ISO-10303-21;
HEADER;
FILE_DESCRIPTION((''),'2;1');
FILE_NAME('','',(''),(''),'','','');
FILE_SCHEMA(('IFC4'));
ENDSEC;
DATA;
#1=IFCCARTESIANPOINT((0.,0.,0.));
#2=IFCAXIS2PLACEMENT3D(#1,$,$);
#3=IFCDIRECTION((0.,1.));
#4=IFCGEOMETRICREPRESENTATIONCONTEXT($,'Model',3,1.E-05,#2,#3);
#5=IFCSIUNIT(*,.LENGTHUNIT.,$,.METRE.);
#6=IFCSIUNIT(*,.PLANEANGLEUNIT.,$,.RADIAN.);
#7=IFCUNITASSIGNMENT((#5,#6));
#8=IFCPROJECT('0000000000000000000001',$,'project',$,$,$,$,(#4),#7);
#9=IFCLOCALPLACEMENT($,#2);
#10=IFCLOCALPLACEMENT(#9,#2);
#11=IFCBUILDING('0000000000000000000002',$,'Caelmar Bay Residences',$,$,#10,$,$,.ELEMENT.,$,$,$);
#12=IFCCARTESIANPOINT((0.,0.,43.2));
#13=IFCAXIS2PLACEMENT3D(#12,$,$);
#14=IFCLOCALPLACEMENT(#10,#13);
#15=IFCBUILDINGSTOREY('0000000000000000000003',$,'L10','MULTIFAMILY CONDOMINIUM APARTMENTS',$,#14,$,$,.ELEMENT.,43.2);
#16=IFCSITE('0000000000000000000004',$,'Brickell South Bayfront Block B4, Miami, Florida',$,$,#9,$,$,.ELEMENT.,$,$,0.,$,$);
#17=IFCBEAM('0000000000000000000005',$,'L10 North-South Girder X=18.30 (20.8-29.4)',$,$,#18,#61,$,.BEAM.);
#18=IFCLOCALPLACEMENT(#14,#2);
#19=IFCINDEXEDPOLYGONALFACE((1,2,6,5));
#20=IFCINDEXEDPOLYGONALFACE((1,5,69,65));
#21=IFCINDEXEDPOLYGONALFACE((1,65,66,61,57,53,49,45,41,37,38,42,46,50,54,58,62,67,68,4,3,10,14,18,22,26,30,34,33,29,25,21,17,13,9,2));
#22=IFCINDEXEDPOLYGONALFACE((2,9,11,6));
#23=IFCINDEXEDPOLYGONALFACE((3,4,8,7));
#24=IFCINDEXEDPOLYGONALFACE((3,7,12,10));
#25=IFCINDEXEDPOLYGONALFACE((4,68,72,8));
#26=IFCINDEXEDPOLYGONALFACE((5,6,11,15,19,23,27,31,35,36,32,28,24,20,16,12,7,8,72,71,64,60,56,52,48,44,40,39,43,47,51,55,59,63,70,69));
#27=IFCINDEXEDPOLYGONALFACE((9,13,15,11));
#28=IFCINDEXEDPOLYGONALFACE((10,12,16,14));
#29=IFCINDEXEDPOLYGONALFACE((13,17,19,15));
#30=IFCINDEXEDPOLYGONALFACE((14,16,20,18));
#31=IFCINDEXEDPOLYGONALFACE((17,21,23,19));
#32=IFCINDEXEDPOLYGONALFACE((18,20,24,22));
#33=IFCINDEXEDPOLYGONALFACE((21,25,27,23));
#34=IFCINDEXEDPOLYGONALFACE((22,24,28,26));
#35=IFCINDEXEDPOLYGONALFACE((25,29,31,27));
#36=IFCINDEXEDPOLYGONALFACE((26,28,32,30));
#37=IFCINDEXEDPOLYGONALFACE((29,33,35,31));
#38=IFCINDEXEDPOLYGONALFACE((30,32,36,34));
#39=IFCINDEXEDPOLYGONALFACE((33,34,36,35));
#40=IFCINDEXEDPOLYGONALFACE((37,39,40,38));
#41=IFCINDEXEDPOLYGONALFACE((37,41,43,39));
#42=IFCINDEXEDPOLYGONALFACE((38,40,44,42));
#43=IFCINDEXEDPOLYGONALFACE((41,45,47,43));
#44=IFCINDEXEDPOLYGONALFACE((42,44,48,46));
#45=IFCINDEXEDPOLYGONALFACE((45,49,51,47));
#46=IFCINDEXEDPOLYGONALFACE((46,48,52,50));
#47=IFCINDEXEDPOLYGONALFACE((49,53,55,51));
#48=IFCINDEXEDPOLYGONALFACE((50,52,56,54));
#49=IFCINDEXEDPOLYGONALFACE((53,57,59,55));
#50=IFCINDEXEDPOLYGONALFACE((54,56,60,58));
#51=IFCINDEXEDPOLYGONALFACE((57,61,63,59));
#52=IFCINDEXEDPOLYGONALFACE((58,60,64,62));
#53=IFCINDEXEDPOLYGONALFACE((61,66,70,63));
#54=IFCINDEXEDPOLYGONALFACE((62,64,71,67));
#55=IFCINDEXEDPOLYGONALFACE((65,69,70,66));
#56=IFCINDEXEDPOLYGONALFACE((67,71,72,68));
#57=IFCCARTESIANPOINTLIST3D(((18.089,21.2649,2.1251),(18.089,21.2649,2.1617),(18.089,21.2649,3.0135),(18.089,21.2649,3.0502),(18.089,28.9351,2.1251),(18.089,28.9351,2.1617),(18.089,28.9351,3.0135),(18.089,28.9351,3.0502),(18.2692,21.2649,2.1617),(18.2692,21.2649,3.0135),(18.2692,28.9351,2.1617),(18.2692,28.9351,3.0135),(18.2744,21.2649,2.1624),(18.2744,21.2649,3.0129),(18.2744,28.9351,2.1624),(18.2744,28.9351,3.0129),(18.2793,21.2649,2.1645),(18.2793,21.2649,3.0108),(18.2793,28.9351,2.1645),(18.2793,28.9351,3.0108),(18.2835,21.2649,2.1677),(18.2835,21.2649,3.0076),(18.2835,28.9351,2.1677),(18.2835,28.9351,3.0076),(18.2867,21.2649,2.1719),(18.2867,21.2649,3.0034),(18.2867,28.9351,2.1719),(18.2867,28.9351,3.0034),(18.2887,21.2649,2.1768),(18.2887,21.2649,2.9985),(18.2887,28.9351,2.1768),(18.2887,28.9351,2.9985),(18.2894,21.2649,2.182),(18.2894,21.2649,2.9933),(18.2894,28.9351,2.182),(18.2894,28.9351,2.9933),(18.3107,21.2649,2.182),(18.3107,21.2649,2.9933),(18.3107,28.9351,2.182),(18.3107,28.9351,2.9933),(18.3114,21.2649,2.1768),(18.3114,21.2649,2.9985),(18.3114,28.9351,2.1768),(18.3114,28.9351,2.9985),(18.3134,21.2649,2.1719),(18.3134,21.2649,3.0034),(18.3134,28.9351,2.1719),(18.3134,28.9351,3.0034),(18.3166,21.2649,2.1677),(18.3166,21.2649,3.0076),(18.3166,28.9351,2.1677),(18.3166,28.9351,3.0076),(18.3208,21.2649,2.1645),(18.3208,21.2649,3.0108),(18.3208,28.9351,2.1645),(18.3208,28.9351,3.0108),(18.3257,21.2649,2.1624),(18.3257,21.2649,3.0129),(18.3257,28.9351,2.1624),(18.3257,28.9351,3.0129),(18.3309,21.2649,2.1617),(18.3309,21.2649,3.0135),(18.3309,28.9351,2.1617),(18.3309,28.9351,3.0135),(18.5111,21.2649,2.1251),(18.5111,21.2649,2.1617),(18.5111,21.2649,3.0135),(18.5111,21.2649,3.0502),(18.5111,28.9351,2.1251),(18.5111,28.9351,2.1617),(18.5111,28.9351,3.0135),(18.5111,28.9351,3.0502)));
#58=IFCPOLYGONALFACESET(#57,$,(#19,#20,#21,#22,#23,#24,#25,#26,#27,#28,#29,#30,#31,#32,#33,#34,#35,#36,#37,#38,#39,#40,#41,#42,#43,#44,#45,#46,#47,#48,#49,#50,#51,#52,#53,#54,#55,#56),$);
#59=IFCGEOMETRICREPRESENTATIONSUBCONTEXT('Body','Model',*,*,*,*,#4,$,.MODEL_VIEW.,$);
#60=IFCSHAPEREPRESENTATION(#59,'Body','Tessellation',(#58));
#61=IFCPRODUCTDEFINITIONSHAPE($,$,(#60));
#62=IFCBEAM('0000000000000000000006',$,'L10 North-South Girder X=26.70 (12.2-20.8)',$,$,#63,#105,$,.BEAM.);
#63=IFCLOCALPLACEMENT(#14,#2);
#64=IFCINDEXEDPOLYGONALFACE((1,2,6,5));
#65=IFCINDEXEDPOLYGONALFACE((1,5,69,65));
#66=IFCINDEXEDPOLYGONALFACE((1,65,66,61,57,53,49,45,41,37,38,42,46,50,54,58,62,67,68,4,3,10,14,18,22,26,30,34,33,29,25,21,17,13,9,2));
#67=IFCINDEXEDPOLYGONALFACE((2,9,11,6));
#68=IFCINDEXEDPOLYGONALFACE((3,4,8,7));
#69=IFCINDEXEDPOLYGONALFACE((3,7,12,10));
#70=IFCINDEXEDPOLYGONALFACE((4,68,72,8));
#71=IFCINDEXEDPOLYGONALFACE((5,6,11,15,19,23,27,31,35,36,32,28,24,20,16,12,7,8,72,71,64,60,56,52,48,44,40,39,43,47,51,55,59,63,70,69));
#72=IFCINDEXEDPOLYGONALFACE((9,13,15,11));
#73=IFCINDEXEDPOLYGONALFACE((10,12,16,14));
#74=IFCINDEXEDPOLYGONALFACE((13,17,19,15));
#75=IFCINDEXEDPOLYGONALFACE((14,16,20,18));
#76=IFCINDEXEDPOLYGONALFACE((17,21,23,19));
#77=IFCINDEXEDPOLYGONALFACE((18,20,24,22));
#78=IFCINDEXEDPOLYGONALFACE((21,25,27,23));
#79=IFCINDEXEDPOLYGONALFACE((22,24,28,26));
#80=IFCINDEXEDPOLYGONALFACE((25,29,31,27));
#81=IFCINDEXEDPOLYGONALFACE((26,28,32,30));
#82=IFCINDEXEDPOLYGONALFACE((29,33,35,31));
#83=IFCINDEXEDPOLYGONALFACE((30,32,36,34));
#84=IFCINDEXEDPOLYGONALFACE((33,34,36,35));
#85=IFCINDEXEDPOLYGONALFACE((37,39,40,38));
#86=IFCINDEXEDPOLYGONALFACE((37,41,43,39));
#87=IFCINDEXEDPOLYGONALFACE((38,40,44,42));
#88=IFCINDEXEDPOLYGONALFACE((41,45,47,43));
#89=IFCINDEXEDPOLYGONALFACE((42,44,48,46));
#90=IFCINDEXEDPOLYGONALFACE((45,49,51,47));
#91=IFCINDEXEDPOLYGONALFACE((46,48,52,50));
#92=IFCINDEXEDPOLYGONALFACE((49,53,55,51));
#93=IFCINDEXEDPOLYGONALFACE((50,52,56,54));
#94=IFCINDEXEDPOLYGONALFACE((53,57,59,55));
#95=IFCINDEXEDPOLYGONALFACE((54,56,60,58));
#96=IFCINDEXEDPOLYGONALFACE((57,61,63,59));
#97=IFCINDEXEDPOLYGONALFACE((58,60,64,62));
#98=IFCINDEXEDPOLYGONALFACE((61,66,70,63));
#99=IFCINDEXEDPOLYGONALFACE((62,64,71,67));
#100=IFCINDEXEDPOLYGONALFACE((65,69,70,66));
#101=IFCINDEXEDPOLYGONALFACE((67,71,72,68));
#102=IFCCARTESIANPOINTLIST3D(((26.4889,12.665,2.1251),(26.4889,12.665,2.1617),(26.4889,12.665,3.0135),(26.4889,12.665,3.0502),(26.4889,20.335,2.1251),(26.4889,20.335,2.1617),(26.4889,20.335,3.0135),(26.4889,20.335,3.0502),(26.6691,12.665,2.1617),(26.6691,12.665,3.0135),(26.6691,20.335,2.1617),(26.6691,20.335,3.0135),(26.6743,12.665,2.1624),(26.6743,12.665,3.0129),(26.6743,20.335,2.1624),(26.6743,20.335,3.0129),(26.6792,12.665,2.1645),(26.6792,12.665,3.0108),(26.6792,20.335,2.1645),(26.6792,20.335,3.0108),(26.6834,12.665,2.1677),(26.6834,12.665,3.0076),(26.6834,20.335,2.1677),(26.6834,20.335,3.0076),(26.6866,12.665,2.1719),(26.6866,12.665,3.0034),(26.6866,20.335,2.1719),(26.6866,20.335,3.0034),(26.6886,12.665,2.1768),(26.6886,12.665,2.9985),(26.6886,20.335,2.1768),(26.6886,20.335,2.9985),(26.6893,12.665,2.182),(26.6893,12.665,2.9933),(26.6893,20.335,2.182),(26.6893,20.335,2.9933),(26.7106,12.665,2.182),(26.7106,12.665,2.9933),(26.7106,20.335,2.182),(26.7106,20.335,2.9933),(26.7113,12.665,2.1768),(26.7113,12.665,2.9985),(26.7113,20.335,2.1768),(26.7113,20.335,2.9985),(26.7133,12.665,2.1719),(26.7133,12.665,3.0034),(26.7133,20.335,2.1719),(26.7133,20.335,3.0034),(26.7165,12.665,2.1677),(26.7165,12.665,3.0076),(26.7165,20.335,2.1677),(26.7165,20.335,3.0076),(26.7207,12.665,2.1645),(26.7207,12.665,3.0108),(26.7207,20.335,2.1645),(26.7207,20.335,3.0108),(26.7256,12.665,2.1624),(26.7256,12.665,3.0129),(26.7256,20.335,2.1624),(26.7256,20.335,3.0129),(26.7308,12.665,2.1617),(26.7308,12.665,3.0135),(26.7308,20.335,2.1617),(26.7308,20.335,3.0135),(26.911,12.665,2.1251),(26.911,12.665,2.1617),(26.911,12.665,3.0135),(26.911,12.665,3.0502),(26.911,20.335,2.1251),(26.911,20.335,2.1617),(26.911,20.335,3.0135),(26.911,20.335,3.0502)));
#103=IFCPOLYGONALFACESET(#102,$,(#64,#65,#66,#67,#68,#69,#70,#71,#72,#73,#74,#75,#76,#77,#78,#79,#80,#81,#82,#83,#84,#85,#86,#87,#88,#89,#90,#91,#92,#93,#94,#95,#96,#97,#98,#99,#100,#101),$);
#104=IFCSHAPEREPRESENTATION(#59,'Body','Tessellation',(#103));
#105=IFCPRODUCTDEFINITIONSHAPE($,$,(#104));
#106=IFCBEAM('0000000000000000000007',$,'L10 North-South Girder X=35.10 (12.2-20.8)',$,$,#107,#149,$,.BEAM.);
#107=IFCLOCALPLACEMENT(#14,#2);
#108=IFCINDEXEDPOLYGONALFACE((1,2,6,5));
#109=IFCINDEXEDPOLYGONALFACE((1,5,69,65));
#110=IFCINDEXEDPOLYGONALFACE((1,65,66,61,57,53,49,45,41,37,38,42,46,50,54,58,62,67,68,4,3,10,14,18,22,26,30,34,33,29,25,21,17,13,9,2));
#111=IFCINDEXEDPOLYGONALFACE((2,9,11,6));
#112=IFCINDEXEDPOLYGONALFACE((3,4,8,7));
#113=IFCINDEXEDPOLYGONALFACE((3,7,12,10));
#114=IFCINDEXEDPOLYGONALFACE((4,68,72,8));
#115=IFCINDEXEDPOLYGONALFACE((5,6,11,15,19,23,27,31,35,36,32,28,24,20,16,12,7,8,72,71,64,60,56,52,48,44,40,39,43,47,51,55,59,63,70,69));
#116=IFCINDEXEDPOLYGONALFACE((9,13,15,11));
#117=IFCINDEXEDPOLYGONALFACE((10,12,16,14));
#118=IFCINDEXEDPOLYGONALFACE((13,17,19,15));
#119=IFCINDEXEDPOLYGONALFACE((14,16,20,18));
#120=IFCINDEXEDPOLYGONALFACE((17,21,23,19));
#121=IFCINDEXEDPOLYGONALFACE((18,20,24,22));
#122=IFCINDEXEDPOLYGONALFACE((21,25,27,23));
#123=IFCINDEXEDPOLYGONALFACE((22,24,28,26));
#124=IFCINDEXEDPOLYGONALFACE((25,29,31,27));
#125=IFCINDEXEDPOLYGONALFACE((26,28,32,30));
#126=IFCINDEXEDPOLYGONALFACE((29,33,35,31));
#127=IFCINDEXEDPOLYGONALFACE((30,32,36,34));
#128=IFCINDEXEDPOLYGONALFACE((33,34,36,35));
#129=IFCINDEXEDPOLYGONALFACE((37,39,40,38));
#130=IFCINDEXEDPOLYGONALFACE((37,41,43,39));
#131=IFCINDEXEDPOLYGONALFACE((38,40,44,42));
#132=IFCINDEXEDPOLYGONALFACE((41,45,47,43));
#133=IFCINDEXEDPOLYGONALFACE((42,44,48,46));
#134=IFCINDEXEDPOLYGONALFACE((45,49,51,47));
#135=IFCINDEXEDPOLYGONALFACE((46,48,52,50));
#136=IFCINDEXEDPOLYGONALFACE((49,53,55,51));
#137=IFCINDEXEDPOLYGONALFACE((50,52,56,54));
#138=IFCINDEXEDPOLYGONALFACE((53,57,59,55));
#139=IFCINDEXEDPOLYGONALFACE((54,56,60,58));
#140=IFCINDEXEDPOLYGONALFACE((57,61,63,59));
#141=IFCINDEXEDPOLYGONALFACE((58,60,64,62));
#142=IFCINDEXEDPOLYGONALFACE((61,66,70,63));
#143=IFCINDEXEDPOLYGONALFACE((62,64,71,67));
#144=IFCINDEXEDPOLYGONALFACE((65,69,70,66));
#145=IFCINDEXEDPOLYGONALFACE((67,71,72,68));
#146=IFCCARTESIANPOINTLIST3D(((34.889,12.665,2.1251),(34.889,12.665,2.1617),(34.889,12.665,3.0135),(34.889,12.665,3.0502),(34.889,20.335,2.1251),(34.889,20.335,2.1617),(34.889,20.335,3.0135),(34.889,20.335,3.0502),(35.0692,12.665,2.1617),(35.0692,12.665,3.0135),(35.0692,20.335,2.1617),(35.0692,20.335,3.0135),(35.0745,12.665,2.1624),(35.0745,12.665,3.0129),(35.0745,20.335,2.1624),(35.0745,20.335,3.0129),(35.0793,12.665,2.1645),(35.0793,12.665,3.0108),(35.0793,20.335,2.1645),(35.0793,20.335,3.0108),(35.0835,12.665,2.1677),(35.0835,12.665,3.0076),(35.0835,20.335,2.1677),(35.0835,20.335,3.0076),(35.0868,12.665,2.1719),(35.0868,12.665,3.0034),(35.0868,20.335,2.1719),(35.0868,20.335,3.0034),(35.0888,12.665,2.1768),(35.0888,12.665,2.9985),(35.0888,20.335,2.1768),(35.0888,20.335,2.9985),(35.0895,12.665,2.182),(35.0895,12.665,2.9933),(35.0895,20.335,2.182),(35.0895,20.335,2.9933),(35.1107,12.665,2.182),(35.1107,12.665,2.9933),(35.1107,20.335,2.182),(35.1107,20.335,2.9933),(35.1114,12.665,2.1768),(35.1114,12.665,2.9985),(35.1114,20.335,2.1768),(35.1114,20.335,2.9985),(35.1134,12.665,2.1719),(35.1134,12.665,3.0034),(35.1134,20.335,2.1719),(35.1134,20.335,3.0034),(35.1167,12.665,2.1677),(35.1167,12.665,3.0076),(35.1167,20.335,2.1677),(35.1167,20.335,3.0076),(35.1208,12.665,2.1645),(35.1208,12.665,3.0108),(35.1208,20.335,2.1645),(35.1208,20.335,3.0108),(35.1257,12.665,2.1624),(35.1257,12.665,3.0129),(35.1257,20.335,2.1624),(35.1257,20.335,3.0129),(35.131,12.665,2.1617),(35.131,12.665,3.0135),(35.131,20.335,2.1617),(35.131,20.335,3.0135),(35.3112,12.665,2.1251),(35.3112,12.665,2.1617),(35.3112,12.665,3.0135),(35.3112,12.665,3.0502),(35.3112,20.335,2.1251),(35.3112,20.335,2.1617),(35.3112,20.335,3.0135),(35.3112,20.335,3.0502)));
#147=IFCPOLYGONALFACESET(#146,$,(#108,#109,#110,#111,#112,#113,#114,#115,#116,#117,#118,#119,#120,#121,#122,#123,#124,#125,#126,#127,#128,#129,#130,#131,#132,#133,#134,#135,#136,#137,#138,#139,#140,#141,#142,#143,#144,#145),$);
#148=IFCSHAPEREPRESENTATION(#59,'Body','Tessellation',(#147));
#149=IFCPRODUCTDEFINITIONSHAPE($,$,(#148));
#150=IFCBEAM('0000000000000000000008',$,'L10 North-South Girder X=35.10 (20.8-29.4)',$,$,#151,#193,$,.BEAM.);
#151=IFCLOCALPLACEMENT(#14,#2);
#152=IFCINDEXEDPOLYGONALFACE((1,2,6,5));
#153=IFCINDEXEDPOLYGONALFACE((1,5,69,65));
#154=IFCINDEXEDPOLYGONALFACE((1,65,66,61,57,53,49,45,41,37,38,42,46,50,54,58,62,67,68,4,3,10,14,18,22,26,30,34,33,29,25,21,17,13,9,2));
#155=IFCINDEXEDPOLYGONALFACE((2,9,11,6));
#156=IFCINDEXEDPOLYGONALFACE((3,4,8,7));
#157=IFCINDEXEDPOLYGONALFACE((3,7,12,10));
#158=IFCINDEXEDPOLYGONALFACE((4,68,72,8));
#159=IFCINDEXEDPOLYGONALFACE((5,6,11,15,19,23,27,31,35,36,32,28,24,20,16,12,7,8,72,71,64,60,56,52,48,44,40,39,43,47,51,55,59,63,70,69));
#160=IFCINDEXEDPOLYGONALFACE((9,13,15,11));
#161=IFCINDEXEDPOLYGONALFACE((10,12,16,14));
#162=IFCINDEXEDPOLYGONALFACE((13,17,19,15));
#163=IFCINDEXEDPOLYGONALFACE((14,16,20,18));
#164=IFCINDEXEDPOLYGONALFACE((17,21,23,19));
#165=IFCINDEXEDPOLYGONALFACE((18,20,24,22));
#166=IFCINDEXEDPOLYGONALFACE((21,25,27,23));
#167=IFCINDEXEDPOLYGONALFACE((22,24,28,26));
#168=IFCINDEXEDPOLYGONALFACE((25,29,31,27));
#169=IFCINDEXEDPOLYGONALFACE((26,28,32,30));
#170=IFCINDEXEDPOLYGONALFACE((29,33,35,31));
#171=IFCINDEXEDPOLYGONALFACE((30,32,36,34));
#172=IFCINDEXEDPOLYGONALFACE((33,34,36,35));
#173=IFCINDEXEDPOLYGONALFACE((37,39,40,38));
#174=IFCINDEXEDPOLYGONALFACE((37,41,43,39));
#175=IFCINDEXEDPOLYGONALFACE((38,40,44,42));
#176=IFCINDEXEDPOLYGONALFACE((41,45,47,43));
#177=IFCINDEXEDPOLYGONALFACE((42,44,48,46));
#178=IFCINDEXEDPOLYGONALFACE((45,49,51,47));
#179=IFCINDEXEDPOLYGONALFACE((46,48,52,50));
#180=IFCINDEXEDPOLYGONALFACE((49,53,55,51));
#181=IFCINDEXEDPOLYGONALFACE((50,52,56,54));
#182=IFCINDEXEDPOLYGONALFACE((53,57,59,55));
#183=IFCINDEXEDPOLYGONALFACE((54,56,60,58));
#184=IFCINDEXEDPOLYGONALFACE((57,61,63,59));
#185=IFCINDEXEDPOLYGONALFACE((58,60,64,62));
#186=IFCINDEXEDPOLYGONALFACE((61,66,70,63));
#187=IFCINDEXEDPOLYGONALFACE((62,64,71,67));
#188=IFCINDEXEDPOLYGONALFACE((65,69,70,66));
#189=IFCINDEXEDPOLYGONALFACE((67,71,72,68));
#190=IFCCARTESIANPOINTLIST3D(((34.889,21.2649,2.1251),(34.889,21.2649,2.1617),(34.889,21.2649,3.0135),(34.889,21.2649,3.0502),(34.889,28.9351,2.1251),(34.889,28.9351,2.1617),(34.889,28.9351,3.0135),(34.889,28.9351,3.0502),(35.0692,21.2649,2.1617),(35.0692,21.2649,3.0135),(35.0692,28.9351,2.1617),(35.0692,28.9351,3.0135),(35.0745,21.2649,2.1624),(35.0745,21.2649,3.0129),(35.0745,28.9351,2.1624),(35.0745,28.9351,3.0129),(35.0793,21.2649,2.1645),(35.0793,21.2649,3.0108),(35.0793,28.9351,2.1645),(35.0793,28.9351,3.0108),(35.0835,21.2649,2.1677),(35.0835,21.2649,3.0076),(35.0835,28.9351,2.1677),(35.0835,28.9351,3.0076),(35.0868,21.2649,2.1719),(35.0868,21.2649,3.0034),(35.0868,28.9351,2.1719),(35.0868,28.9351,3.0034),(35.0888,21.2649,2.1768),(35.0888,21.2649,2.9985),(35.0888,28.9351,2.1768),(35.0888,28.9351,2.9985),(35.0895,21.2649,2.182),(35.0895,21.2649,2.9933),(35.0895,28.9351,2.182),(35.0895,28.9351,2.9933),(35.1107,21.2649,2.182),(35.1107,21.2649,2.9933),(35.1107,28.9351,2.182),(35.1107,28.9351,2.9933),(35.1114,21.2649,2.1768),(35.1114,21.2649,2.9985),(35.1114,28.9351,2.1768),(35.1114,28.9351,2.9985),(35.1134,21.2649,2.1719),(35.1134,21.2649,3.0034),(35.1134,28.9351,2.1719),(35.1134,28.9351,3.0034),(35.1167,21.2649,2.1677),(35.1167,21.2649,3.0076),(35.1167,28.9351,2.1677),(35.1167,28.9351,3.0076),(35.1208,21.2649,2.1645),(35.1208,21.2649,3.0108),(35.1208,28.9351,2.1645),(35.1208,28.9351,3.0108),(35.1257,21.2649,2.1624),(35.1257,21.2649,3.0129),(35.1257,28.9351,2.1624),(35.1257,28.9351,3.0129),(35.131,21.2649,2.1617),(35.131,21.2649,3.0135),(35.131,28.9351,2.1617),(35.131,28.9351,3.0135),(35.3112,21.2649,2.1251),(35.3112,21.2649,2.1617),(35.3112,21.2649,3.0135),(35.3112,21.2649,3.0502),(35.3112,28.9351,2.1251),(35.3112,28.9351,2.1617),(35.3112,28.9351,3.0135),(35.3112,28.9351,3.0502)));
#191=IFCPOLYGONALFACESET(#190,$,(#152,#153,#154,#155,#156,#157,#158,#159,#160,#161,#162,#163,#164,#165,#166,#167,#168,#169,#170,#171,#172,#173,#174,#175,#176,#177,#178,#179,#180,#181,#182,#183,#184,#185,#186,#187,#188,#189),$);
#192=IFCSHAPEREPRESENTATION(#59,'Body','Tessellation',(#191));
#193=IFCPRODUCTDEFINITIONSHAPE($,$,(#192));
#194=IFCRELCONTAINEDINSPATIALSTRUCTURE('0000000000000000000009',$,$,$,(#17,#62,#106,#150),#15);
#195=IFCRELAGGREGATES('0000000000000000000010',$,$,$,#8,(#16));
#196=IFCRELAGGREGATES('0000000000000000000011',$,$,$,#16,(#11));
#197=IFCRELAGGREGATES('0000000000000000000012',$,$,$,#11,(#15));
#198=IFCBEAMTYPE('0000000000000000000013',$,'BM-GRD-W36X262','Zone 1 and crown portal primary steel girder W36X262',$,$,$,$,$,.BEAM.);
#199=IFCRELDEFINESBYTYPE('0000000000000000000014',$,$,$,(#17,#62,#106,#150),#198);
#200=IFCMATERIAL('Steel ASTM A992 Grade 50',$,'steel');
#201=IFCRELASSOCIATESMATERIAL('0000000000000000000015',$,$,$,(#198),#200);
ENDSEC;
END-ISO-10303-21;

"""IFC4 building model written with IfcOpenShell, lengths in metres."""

from ifc_helpers import new_model, si_unit, direction, frame, origin, origin_2d, place, context, subcontext, project, spatial, i_section, extrude, material, material_profile, profile_set, type_object, element, save


model = new_model("IFC4")

# Units and contexts
model_context = context("Model", 3, precision=1e-05, world=origin(), true_north=direction((0.0, 1.0)))
body_context = subcontext(model_context, "Body", "Model", "MODEL_VIEW")
ifc_project = project(units=[si_unit("LENGTHUNIT", "METRE"), si_unit("PLANEANGLEUNIT", "RADIAN")], contexts=[model_context])

# Site, building, storey
site_placement = place(None, origin())
site = spatial("IfcSite", under=ifc_project, at=site_placement, Name="Brickell South Bayfront Block B4, Miami, Florida", CompositionType="ELEMENT", RefElevation=0.0)
building_placement = place(site_placement, origin())
building = spatial("IfcBuilding", under=site, at=building_placement, Name="Caelmar Bay Residences", CompositionType="ELEMENT")
storey_placement = place(building_placement, frame((0.0, 0.0, 43.2)))
storey = spatial("IfcBuildingStorey", under=building, at=storey_placement, Name="L10", Description="MULTIFAMILY CONDOMINIUM APARTMENTS", CompositionType="ELEMENT", Elevation=43.2)

# Beams
ifc_material_1 = material(Name="Steel ASTM A992 Grade 50", Category="steel")
ifc_material_profile_1 = material_profile(ifc_material_1, i_section(OverallWidth=0.4221, OverallDepth=0.925, WebThickness=0.0212, FlangeThickness=0.0366, FilletRadius=0.0203, at=origin_2d()), Name="W36X262")
ifc_profile_set_1 = profile_set([ifc_material_profile_1], Name="Steel ASTM A992 Grade 50")
beam_type_1 = type_object("IfcBeamType", Name="BM-GRD-W36X262", Description="Zone 1 and crown portal primary steel girder W36X262", PredefinedType="BEAM", material=ifc_profile_set_1)
beam_1_placement = place(storey_placement, frame((18.3, 21.2649, 2.5876), z_axis=(0.0, 1.0, 0.0), x_axis=(-1.0, 0.0, 0.0)))
element("IfcBeam", 1, at=beam_1_placement, inside=storey, type_object=beam_type_1, Name="L10 North-South Girder X=18.30 (20.8-29.4)", PredefinedType="BEAM", context=body_context, shape_type="SweptSolid", body=[
    extrude(i_section(OverallWidth=0.4221, OverallDepth=0.925, WebThickness=0.0212, FlangeThickness=0.0366, FilletRadius=0.0203, at=origin_2d()), origin(), (0.0, 0.0, 1.0), 7.6702),
])
for number, where, z_axis, x_axis, name in (
    (2, (26.7, 12.665, 2.5876), (0.0, 1.0, 0.0), (-1.0, 0.0, 0.0), "L10 North-South Girder X=26.70 (12.2-20.8)"),
    (3, (35.1001, 12.665, 2.5876), (0.0, 1.0, 0.0), (-1.0, 0.0, 0.0), "L10 North-South Girder X=35.10 (12.2-20.8)"),
):
    element("IfcBeam", number, at=place(storey_placement, frame(where, z_axis=z_axis, x_axis=x_axis)), inside=storey, type_object=beam_type_1, Name=name, PredefinedType="BEAM", context=body_context, shape_type="SweptSolid", body=[
        extrude(i_section(OverallWidth=0.4221, OverallDepth=0.925, WebThickness=0.0212, FlangeThickness=0.0366, FilletRadius=0.0203, at=origin_2d()), origin(), (0.0, 0.0, 1.0), 7.6699),
    ])
beam_2_placement = place(storey_placement, frame((35.1001, 21.2649, 2.5876), z_axis=(0.0, 1.0, 0.0), x_axis=(-1.0, 0.0, 0.0)))
element("IfcBeam", 4, at=beam_2_placement, inside=storey, type_object=beam_type_1, Name="L10 North-South Girder X=35.10 (20.8-29.4)", PredefinedType="BEAM", context=body_context, shape_type="SweptSolid", body=[
    extrude(i_section(OverallWidth=0.4221, OverallDepth=0.925, WebThickness=0.0212, FlangeThickness=0.0366, FilletRadius=0.0203, at=origin_2d()), origin(), (0.0, 0.0, 1.0), 7.6702),
])

save(model, "model.ifc")
